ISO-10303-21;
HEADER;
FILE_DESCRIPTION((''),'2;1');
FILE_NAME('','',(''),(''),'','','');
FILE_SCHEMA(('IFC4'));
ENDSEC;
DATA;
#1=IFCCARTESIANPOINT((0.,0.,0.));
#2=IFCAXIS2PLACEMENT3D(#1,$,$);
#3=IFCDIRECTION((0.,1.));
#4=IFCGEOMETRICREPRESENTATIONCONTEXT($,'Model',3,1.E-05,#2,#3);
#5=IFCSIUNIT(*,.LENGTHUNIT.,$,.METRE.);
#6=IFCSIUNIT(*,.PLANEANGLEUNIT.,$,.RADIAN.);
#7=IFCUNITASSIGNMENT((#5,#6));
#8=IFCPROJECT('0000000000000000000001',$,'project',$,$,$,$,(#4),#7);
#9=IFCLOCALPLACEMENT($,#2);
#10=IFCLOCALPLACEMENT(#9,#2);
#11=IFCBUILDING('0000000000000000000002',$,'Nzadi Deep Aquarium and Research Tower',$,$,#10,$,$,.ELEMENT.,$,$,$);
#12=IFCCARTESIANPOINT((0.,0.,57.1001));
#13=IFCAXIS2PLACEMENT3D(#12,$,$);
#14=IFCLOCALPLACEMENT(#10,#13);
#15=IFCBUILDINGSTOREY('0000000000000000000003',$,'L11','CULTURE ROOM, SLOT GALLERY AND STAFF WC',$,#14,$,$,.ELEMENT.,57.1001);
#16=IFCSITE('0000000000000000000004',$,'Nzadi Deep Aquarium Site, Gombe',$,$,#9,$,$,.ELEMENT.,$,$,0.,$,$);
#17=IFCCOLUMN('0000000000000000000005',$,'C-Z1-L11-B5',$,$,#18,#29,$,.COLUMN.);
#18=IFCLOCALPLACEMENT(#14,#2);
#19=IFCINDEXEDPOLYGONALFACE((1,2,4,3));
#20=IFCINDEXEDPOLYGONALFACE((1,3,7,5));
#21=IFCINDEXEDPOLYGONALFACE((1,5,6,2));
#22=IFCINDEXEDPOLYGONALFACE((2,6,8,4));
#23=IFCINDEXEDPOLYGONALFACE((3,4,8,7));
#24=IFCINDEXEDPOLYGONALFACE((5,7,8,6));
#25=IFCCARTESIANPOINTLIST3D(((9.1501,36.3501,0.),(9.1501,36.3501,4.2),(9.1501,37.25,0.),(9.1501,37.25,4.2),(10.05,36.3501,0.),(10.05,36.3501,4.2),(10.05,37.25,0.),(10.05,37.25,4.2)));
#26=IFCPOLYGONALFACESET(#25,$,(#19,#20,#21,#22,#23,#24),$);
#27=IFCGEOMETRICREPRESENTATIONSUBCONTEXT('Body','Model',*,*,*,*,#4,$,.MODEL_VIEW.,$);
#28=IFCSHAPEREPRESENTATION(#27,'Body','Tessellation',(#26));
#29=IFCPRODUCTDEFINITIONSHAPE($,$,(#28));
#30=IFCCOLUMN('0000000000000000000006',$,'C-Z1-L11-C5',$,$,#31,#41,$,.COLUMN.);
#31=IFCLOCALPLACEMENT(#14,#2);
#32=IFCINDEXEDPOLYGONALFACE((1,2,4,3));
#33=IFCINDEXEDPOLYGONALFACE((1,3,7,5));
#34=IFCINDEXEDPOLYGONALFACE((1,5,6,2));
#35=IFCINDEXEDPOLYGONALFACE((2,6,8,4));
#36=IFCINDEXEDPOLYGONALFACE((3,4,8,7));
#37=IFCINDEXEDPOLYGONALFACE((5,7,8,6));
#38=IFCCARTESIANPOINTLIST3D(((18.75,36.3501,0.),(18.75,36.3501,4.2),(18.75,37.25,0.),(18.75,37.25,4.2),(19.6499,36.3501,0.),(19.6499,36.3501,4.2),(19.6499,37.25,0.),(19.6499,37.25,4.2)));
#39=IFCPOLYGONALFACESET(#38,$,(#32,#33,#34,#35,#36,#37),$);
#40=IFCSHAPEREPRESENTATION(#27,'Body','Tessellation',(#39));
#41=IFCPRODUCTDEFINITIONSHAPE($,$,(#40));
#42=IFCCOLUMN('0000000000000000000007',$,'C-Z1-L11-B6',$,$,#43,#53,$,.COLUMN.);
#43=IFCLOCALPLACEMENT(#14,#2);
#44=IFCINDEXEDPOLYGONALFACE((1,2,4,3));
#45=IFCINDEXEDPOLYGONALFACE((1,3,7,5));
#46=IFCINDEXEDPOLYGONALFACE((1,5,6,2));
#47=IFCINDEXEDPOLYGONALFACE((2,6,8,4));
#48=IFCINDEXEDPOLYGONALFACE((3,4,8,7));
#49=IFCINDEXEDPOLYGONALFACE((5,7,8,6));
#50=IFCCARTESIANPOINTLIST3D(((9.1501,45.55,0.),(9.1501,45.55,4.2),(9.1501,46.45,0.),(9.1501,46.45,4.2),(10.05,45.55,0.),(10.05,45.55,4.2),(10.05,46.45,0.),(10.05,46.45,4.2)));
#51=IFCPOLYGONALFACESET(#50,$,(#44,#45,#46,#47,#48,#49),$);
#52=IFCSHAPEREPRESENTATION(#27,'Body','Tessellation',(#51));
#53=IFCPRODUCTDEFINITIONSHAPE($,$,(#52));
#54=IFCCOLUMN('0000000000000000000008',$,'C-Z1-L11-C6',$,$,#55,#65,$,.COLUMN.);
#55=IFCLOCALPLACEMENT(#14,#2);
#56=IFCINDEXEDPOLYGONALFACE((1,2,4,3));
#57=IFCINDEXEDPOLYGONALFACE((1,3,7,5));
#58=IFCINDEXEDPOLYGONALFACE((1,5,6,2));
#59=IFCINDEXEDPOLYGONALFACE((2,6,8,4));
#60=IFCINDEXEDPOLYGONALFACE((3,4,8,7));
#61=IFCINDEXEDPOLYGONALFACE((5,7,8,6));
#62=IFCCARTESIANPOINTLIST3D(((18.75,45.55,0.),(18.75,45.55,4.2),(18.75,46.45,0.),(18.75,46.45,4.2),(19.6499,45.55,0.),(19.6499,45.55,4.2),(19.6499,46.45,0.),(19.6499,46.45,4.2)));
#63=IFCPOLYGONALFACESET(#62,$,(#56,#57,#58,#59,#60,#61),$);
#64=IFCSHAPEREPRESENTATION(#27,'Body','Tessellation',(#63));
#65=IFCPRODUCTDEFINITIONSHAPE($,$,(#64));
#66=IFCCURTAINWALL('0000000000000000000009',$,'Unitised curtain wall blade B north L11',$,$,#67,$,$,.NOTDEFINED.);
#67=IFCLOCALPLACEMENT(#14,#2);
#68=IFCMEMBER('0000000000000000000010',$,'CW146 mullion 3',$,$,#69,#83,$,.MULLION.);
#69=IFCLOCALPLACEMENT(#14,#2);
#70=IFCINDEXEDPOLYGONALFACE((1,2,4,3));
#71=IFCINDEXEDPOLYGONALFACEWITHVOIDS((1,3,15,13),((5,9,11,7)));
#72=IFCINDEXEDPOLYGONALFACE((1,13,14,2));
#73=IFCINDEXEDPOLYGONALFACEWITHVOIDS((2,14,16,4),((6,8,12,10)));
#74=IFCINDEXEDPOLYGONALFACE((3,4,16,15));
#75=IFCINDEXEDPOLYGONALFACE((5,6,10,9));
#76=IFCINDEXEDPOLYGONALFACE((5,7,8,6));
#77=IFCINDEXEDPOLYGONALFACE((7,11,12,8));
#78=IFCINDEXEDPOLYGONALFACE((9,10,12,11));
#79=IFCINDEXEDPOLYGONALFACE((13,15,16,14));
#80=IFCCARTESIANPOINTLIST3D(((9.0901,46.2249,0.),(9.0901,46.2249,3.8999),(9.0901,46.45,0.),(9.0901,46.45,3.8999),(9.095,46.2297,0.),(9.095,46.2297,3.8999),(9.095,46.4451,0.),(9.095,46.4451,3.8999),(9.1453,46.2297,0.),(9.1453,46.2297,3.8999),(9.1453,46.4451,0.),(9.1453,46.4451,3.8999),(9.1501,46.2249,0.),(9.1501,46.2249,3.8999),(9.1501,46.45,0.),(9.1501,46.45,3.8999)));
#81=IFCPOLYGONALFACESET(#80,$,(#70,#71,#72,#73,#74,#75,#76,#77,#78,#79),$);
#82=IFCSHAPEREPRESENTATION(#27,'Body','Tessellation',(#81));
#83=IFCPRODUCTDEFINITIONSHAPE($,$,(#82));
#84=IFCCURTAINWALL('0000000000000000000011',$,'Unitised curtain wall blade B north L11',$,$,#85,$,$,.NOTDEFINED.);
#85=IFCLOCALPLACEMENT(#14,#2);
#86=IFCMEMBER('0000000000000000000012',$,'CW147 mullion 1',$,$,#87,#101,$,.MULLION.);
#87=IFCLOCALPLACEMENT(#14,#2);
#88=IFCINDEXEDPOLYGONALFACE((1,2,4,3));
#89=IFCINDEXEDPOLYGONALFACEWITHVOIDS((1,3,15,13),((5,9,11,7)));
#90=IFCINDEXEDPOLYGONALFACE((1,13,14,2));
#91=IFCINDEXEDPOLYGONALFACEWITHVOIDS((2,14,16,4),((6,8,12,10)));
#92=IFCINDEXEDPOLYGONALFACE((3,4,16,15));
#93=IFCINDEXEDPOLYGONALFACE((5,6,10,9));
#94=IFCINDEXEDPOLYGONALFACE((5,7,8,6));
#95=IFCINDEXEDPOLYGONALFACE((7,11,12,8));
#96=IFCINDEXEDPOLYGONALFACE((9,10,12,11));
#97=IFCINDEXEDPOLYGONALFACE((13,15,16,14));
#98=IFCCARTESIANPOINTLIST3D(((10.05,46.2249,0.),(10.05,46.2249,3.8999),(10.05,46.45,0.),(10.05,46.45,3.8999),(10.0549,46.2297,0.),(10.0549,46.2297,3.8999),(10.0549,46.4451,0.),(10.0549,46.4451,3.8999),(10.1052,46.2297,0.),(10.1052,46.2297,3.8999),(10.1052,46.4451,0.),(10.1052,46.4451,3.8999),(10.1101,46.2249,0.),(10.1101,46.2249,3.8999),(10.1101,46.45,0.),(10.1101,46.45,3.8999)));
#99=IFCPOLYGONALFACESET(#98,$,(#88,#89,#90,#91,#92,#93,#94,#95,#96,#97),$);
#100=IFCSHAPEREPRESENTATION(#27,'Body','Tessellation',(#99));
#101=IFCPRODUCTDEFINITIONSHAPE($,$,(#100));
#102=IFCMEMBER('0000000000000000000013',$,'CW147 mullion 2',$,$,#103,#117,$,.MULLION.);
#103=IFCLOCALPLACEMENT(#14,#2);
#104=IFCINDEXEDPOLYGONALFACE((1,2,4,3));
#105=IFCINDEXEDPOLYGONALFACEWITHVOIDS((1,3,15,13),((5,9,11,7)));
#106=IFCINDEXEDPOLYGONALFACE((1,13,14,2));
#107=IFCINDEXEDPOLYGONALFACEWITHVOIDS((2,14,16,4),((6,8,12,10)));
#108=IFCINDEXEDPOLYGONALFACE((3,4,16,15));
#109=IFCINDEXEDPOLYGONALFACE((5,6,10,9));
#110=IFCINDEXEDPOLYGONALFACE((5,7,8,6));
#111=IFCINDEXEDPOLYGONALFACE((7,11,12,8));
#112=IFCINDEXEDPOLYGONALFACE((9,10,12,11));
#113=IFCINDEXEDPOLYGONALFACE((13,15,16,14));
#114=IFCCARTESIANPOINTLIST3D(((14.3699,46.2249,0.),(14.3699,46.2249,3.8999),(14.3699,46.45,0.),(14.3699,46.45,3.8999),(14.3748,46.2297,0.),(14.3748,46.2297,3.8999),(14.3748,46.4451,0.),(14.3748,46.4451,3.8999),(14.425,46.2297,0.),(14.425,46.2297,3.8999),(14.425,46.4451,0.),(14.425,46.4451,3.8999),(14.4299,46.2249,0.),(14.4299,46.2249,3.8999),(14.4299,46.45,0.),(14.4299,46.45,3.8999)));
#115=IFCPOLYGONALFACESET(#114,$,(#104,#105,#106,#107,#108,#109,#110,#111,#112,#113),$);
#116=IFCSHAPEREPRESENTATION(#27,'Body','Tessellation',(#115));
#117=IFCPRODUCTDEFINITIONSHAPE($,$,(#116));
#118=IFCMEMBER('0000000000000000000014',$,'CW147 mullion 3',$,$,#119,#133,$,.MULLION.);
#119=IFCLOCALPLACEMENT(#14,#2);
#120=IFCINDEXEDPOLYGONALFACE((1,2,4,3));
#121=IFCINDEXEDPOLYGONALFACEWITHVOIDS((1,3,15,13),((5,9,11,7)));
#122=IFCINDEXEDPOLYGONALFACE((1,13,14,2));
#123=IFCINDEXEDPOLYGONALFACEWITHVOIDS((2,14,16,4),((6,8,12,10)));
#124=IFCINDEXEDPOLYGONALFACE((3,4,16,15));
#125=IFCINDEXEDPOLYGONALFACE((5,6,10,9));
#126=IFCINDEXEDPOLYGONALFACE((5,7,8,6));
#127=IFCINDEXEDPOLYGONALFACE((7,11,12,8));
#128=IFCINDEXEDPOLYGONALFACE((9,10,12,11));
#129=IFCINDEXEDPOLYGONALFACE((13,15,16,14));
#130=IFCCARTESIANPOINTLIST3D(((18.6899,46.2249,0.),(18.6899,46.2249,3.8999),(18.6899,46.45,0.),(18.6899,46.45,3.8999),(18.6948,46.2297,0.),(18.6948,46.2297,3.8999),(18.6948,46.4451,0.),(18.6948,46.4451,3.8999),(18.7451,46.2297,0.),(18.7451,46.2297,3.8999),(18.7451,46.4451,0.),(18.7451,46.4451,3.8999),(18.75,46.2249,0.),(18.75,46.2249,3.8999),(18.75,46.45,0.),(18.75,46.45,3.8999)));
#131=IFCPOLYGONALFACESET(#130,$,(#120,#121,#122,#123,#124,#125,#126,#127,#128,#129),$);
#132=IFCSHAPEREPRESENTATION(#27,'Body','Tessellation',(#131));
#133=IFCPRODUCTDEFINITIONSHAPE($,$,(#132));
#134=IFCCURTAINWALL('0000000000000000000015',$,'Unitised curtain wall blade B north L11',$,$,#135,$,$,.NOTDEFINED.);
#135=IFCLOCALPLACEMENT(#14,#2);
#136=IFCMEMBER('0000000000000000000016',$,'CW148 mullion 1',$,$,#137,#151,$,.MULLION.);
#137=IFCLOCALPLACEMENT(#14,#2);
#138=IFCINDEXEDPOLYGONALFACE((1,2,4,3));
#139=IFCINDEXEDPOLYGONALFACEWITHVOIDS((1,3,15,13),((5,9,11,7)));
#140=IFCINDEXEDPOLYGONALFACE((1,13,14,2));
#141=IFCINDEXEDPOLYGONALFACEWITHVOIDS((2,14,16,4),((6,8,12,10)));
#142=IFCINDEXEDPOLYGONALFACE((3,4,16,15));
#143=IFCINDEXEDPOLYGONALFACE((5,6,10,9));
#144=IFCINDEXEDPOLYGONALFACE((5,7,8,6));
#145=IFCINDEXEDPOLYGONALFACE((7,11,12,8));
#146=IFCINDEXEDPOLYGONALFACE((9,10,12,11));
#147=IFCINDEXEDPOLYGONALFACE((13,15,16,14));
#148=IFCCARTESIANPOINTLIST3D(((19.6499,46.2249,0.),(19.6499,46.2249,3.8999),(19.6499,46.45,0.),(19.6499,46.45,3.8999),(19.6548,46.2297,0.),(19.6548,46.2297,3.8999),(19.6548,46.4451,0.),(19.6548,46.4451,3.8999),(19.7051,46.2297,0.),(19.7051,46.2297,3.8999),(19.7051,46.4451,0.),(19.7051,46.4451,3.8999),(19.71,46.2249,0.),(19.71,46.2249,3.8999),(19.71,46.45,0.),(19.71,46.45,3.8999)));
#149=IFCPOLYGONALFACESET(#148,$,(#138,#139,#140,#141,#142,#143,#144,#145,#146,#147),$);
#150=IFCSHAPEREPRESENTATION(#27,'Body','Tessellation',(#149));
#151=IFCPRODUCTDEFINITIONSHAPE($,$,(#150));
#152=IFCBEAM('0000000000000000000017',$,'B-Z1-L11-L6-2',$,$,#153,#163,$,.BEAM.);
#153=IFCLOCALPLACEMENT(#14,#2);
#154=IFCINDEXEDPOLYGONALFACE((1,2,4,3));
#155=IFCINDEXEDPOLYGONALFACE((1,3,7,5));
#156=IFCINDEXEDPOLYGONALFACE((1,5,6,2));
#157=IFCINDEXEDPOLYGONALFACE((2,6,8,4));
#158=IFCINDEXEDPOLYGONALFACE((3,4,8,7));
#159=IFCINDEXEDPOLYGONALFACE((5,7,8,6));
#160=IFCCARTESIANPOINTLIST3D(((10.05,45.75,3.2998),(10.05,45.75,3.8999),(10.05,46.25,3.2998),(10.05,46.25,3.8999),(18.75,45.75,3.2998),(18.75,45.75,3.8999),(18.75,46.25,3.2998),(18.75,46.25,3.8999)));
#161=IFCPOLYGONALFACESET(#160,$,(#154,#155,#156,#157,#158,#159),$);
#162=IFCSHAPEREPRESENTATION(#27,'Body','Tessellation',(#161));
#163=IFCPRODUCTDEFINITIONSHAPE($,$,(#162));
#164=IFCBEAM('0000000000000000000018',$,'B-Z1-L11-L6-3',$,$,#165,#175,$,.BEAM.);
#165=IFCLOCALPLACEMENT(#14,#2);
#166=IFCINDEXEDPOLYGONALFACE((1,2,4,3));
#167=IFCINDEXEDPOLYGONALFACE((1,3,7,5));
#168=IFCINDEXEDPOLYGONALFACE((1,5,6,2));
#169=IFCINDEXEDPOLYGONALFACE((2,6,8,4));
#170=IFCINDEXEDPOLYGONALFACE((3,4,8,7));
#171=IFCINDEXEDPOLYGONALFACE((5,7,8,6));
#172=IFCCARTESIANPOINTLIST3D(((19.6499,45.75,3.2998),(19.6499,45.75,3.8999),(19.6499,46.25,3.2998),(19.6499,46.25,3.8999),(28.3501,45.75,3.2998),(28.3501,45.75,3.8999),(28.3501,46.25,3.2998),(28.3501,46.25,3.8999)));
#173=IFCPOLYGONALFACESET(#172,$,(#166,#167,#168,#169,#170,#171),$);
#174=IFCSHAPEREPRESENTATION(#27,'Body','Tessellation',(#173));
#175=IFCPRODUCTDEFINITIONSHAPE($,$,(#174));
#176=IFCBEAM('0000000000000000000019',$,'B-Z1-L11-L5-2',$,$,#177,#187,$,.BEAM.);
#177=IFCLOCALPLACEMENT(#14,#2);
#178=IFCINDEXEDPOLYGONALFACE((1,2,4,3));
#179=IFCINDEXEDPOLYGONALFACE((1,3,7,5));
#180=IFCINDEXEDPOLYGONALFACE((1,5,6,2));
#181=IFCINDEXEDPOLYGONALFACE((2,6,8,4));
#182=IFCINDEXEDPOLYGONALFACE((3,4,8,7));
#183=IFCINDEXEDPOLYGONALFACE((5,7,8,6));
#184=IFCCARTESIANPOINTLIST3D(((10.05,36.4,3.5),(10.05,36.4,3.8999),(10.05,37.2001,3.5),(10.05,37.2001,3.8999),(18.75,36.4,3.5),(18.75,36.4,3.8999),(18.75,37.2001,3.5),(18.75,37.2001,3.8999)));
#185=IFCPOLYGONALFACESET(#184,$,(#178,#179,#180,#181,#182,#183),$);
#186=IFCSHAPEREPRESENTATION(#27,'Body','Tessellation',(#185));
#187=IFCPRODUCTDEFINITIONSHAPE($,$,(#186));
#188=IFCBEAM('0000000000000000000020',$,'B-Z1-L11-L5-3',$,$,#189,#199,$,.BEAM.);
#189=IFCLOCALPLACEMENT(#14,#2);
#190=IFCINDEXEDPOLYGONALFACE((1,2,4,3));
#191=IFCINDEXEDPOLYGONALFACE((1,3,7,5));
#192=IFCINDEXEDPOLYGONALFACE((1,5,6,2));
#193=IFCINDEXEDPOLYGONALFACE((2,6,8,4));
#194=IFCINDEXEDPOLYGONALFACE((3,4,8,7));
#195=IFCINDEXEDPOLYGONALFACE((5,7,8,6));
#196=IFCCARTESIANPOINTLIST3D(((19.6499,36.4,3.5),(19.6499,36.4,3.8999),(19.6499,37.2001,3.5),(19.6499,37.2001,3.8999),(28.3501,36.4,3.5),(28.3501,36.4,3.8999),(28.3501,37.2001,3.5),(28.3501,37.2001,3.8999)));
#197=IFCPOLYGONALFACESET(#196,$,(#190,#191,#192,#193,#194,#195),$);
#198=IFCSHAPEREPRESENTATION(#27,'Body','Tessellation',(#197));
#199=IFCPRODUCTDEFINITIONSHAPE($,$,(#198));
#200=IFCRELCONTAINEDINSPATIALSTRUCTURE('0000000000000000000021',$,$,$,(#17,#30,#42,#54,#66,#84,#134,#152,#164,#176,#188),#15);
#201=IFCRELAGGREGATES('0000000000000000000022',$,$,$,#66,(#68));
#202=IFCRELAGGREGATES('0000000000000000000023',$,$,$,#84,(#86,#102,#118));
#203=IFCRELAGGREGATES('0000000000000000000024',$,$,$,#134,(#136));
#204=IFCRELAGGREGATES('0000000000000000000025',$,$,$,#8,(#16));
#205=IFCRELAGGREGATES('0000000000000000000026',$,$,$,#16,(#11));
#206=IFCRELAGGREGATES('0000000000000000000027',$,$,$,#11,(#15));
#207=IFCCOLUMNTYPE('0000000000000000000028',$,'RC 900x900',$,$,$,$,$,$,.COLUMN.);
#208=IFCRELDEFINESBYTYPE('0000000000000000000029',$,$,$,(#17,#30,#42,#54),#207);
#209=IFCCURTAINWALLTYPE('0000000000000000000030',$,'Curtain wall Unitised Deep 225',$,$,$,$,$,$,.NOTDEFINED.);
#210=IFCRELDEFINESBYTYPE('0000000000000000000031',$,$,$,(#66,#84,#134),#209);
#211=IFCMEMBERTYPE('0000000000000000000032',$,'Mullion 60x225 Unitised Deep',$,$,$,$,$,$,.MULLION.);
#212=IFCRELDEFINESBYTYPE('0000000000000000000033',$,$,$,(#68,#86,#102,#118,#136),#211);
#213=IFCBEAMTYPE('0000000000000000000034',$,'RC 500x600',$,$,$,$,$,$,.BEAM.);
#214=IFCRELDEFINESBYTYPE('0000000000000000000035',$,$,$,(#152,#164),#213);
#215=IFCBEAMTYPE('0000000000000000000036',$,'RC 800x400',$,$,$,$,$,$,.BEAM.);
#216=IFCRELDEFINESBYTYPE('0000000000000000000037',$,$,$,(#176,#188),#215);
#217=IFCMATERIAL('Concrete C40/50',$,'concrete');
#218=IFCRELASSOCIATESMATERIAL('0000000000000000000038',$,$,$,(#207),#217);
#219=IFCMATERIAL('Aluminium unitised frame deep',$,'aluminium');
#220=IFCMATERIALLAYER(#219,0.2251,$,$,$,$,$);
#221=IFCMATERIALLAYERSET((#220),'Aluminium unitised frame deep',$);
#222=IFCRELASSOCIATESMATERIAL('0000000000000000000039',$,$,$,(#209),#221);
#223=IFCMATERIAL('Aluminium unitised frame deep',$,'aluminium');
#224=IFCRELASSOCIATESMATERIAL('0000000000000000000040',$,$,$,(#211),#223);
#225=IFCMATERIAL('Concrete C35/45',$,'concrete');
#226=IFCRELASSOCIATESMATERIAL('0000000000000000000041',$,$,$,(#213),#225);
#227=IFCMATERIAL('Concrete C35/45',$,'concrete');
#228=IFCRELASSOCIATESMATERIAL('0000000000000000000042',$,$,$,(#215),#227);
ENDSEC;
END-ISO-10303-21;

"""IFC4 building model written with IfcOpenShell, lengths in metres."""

from ifc_helpers import new_model, si_unit, direction, frame, origin, origin_2d, place, context, subcontext, project, spatial, rectangle, hollow_rectangle, extrude, material, layer, layer_set, material_profile, profile_set, type_object, element, aggregate, save


model = new_model("IFC4")

# Units and contexts
model_context = context("Model", 3, precision=1e-05, world=origin(), true_north=direction((0.0, 1.0)))
body_context = subcontext(model_context, "Body", "Model", "MODEL_VIEW")
ifc_project = project(units=[si_unit("LENGTHUNIT", "METRE"), si_unit("PLANEANGLEUNIT", "RADIAN")], contexts=[model_context])

# Site, building, storey
site_placement = place(None, origin())
site = spatial("IfcSite", under=ifc_project, at=site_placement, Name="Nzadi Deep Aquarium Site, Gombe", CompositionType="ELEMENT", RefElevation=0.0)
building_placement = place(site_placement, origin())
building = spatial("IfcBuilding", under=site, at=building_placement, Name="Nzadi Deep Aquarium and Research Tower", CompositionType="ELEMENT")
storey_placement = place(building_placement, frame((0.0, 0.0, 57.1001)))
storey = spatial("IfcBuildingStorey", under=building, at=storey_placement, Name="L11", Description="CULTURE ROOM, SLOT GALLERY AND STAFF WC", CompositionType="ELEMENT", Elevation=57.1001)

# Columns
ifc_material_1 = material(Name="Concrete C40/50", Category="concrete")
ifc_material_profile_1 = material_profile(ifc_material_1, rectangle(XDim=0.8999, YDim=0.8999, at=origin_2d()))
ifc_profile_set_1 = profile_set([ifc_material_profile_1], Name="Concrete C40/50")
column_type = type_object("IfcColumnType", Name="RC 900x900", PredefinedType="COLUMN", material=ifc_profile_set_1)
for number, where, z_axis, x_axis, name in (
    (1, (9.6001, 36.8, 0.0), (0.0, 0.0, 1.0), (1.0, 0.0, 0.0), "C-Z1-L11-B5"),
    (2, (19.2, 36.8, 0.0), (0.0, 0.0, 1.0), (1.0, 0.0, 0.0), "C-Z1-L11-C5"),
    (3, (9.6001, 46.0, 0.0), (0.0, 0.0, 1.0), (1.0, 0.0, 0.0), "C-Z1-L11-B6"),
    (4, (19.2, 46.0, 0.0), (0.0, 0.0, 1.0), (1.0, 0.0, 0.0), "C-Z1-L11-C6"),
):
    element("IfcColumn", number, at=place(storey_placement, frame(where, z_axis=z_axis, x_axis=x_axis)), inside=storey, type_object=column_type, Name=name, PredefinedType="COLUMN", context=body_context, shape_type="SweptSolid", body=[
        extrude(rectangle(XDim=0.8999, YDim=0.8999, at=origin_2d()), origin(), (0.0, 0.0, 1.0), 4.2),
    ])

# Curtain wall, member
ifc_material_2 = material(Name="Aluminium unitised frame deep", Category="aluminium")
ifc_layer_1 = layer(ifc_material_2, 0.2251)
ifc_layer_set_1 = layer_set([ifc_layer_1], Name="Aluminium unitised frame deep")
curtain_wall_type = type_object("IfcCurtainWallType", Name="Curtain wall Unitised Deep 225", PredefinedType="NOTDEFINED", material=ifc_layer_set_1)
curtain_wall_1_placement = place(storey_placement, origin())
curtain_wall_1 = element("IfcCurtainWall", 5, at=curtain_wall_1_placement, inside=storey, type_object=curtain_wall_type, Name="Unitised curtain wall blade B north L11", PredefinedType="NOTDEFINED")
ifc_material_3 = material(Name="Aluminium unitised frame deep", Category="aluminium")
ifc_material_profile_2 = material_profile(ifc_material_3, hollow_rectangle(XDim=0.2251, YDim=0.0601, WallThickness=0.0049, at=origin_2d()))
ifc_profile_set_2 = profile_set([ifc_material_profile_2], Name="Aluminium unitised frame deep")
member_type_1 = type_object("IfcMemberType", Name="Mullion 60x225 Unitised Deep", PredefinedType="MULLION", material=ifc_profile_set_2)
member_1_placement = place(storey_placement, frame((9.1201, 46.3374, 0.0), z_axis=(0.0, 0.0, 1.0), x_axis=(0.0, 1.0, 0.0)))
member_1 = element("IfcMember", 6, at=member_1_placement, type_object=member_type_1, Name="CW146 mullion 3", PredefinedType="MULLION", context=body_context, shape_type="SweptSolid", body=[
    extrude(hollow_rectangle(XDim=0.2251, YDim=0.0601, WallThickness=0.0049, at=origin_2d()), origin(), (0.0, 0.0, 1.0), 3.8999),
])
aggregate(curtain_wall_1, [member_1])

# Curtain wall, members
curtain_wall_2_placement = place(storey_placement, origin())
curtain_wall_2 = element("IfcCurtainWall", 7, at=curtain_wall_2_placement, inside=storey, type_object=curtain_wall_type, Name="Unitised curtain wall blade B north L11", PredefinedType="NOTDEFINED")
member_2_placement = place(storey_placement, frame((10.0801, 46.3374, 0.0), z_axis=(0.0, 0.0, 1.0), x_axis=(0.0, 1.0, 0.0)))
member_2 = element("IfcMember", 8, at=member_2_placement, type_object=member_type_1, Name="CW147 mullion 1", PredefinedType="MULLION", context=body_context, shape_type="SweptSolid", body=[
    extrude(hollow_rectangle(XDim=0.2251, YDim=0.0601, WallThickness=0.0049, at=origin_2d()), origin(), (0.0, 0.0, 1.0), 3.8999),
])
member_3_placement = place(storey_placement, frame((14.3999, 46.3374, 0.0), z_axis=(0.0, 0.0, 1.0), x_axis=(0.0, 1.0, 0.0)))
member_3 = element("IfcMember", 9, at=member_3_placement, type_object=member_type_1, Name="CW147 mullion 2", PredefinedType="MULLION", context=body_context, shape_type="SweptSolid", body=[
    extrude(hollow_rectangle(XDim=0.2251, YDim=0.0601, WallThickness=0.0049, at=origin_2d()), origin(), (0.0, 0.0, 1.0), 3.8999),
])
member_4_placement = place(storey_placement, frame((18.72, 46.3374, 0.0), z_axis=(0.0, 0.0, 1.0), x_axis=(0.0, 1.0, 0.0)))
member_4 = element("IfcMember", 10, at=member_4_placement, type_object=member_type_1, Name="CW147 mullion 3", PredefinedType="MULLION", context=body_context, shape_type="SweptSolid", body=[
    extrude(hollow_rectangle(XDim=0.2251, YDim=0.0601, WallThickness=0.0049, at=origin_2d()), origin(), (0.0, 0.0, 1.0), 3.8999),
])

# Curtain wall, member
curtain_wall_3_placement = place(storey_placement, origin())
curtain_wall_3 = element("IfcCurtainWall", 11, at=curtain_wall_3_placement, inside=storey, type_object=curtain_wall_type, Name="Unitised curtain wall blade B north L11", PredefinedType="NOTDEFINED")
member_5_placement = place(storey_placement, frame((19.6799, 46.3374, 0.0), z_axis=(0.0, 0.0, 1.0), x_axis=(0.0, 1.0, 0.0)))
member_5 = element("IfcMember", 12, at=member_5_placement, type_object=member_type_1, Name="CW148 mullion 1", PredefinedType="MULLION", context=body_context, shape_type="SweptSolid", body=[
    extrude(hollow_rectangle(XDim=0.2251, YDim=0.0601, WallThickness=0.0049, at=origin_2d()), origin(), (0.0, 0.0, 1.0), 3.8999),
])

# Beams
ifc_material_4 = material(Name="Concrete C35/45", Category="concrete")
ifc_material_profile_3 = material_profile(ifc_material_4, rectangle(XDim=0.5, YDim=0.6001, at=origin_2d()))
ifc_profile_set_3 = profile_set([ifc_material_profile_3], Name="Concrete C35/45")
beam_type_1 = type_object("IfcBeamType", Name="RC 500x600", PredefinedType="BEAM", material=ifc_profile_set_3)
beam_1_placement = place(storey_placement, frame((10.05, 46.0, 3.5999), z_axis=(1.0, 0.0, 0.0), x_axis=(0.0, 1.0, 0.0)))
element("IfcBeam", 13, at=beam_1_placement, inside=storey, type_object=beam_type_1, Name="B-Z1-L11-L6-2", PredefinedType="BEAM", context=body_context, shape_type="SweptSolid", body=[
    extrude(rectangle(XDim=0.5, YDim=0.6001, at=origin_2d()), origin(), (0.0, 0.0, 1.0), 8.7),
])
beam_2_placement = place(storey_placement, frame((19.6499, 46.0, 3.5999), z_axis=(1.0, 0.0, 0.0), x_axis=(0.0, 1.0, 0.0)))
element("IfcBeam", 14, at=beam_2_placement, inside=storey, type_object=beam_type_1, Name="B-Z1-L11-L6-3", PredefinedType="BEAM", context=body_context, shape_type="SweptSolid", body=[
    extrude(rectangle(XDim=0.5, YDim=0.6001, at=origin_2d()), origin(), (0.0, 0.0, 1.0), 8.7002),
])
ifc_material_5 = material(Name="Concrete C35/45", Category="concrete")
ifc_material_profile_4 = material_profile(ifc_material_5, rectangle(XDim=0.8, YDim=0.3999, at=origin_2d()))
ifc_profile_set_4 = profile_set([ifc_material_profile_4], Name="Concrete C35/45")
beam_type_2 = type_object("IfcBeamType", Name="RC 800x400", PredefinedType="BEAM", material=ifc_profile_set_4)
beam_3_placement = place(storey_placement, frame((10.05, 36.8, 3.7), z_axis=(1.0, 0.0, 0.0), x_axis=(0.0, 1.0, 0.0)))
element("IfcBeam", 15, at=beam_3_placement, inside=storey, type_object=beam_type_2, Name="B-Z1-L11-L5-2", PredefinedType="BEAM", context=body_context, shape_type="SweptSolid", body=[
    extrude(rectangle(XDim=0.8, YDim=0.3999, at=origin_2d()), origin(), (0.0, 0.0, 1.0), 8.7),
])
beam_4_placement = place(storey_placement, frame((19.6499, 36.8, 3.7), z_axis=(1.0, 0.0, 0.0), x_axis=(0.0, 1.0, 0.0)))
element("IfcBeam", 16, at=beam_4_placement, inside=storey, type_object=beam_type_2, Name="B-Z1-L11-L5-3", PredefinedType="BEAM", context=body_context, shape_type="SweptSolid", body=[
    extrude(rectangle(XDim=0.8, YDim=0.3999, at=origin_2d()), origin(), (0.0, 0.0, 1.0), 8.7002),
])

aggregate(curtain_wall_2, [member_2, member_3, member_4])
aggregate(curtain_wall_3, [member_5])

save(model, "model.ifc")
